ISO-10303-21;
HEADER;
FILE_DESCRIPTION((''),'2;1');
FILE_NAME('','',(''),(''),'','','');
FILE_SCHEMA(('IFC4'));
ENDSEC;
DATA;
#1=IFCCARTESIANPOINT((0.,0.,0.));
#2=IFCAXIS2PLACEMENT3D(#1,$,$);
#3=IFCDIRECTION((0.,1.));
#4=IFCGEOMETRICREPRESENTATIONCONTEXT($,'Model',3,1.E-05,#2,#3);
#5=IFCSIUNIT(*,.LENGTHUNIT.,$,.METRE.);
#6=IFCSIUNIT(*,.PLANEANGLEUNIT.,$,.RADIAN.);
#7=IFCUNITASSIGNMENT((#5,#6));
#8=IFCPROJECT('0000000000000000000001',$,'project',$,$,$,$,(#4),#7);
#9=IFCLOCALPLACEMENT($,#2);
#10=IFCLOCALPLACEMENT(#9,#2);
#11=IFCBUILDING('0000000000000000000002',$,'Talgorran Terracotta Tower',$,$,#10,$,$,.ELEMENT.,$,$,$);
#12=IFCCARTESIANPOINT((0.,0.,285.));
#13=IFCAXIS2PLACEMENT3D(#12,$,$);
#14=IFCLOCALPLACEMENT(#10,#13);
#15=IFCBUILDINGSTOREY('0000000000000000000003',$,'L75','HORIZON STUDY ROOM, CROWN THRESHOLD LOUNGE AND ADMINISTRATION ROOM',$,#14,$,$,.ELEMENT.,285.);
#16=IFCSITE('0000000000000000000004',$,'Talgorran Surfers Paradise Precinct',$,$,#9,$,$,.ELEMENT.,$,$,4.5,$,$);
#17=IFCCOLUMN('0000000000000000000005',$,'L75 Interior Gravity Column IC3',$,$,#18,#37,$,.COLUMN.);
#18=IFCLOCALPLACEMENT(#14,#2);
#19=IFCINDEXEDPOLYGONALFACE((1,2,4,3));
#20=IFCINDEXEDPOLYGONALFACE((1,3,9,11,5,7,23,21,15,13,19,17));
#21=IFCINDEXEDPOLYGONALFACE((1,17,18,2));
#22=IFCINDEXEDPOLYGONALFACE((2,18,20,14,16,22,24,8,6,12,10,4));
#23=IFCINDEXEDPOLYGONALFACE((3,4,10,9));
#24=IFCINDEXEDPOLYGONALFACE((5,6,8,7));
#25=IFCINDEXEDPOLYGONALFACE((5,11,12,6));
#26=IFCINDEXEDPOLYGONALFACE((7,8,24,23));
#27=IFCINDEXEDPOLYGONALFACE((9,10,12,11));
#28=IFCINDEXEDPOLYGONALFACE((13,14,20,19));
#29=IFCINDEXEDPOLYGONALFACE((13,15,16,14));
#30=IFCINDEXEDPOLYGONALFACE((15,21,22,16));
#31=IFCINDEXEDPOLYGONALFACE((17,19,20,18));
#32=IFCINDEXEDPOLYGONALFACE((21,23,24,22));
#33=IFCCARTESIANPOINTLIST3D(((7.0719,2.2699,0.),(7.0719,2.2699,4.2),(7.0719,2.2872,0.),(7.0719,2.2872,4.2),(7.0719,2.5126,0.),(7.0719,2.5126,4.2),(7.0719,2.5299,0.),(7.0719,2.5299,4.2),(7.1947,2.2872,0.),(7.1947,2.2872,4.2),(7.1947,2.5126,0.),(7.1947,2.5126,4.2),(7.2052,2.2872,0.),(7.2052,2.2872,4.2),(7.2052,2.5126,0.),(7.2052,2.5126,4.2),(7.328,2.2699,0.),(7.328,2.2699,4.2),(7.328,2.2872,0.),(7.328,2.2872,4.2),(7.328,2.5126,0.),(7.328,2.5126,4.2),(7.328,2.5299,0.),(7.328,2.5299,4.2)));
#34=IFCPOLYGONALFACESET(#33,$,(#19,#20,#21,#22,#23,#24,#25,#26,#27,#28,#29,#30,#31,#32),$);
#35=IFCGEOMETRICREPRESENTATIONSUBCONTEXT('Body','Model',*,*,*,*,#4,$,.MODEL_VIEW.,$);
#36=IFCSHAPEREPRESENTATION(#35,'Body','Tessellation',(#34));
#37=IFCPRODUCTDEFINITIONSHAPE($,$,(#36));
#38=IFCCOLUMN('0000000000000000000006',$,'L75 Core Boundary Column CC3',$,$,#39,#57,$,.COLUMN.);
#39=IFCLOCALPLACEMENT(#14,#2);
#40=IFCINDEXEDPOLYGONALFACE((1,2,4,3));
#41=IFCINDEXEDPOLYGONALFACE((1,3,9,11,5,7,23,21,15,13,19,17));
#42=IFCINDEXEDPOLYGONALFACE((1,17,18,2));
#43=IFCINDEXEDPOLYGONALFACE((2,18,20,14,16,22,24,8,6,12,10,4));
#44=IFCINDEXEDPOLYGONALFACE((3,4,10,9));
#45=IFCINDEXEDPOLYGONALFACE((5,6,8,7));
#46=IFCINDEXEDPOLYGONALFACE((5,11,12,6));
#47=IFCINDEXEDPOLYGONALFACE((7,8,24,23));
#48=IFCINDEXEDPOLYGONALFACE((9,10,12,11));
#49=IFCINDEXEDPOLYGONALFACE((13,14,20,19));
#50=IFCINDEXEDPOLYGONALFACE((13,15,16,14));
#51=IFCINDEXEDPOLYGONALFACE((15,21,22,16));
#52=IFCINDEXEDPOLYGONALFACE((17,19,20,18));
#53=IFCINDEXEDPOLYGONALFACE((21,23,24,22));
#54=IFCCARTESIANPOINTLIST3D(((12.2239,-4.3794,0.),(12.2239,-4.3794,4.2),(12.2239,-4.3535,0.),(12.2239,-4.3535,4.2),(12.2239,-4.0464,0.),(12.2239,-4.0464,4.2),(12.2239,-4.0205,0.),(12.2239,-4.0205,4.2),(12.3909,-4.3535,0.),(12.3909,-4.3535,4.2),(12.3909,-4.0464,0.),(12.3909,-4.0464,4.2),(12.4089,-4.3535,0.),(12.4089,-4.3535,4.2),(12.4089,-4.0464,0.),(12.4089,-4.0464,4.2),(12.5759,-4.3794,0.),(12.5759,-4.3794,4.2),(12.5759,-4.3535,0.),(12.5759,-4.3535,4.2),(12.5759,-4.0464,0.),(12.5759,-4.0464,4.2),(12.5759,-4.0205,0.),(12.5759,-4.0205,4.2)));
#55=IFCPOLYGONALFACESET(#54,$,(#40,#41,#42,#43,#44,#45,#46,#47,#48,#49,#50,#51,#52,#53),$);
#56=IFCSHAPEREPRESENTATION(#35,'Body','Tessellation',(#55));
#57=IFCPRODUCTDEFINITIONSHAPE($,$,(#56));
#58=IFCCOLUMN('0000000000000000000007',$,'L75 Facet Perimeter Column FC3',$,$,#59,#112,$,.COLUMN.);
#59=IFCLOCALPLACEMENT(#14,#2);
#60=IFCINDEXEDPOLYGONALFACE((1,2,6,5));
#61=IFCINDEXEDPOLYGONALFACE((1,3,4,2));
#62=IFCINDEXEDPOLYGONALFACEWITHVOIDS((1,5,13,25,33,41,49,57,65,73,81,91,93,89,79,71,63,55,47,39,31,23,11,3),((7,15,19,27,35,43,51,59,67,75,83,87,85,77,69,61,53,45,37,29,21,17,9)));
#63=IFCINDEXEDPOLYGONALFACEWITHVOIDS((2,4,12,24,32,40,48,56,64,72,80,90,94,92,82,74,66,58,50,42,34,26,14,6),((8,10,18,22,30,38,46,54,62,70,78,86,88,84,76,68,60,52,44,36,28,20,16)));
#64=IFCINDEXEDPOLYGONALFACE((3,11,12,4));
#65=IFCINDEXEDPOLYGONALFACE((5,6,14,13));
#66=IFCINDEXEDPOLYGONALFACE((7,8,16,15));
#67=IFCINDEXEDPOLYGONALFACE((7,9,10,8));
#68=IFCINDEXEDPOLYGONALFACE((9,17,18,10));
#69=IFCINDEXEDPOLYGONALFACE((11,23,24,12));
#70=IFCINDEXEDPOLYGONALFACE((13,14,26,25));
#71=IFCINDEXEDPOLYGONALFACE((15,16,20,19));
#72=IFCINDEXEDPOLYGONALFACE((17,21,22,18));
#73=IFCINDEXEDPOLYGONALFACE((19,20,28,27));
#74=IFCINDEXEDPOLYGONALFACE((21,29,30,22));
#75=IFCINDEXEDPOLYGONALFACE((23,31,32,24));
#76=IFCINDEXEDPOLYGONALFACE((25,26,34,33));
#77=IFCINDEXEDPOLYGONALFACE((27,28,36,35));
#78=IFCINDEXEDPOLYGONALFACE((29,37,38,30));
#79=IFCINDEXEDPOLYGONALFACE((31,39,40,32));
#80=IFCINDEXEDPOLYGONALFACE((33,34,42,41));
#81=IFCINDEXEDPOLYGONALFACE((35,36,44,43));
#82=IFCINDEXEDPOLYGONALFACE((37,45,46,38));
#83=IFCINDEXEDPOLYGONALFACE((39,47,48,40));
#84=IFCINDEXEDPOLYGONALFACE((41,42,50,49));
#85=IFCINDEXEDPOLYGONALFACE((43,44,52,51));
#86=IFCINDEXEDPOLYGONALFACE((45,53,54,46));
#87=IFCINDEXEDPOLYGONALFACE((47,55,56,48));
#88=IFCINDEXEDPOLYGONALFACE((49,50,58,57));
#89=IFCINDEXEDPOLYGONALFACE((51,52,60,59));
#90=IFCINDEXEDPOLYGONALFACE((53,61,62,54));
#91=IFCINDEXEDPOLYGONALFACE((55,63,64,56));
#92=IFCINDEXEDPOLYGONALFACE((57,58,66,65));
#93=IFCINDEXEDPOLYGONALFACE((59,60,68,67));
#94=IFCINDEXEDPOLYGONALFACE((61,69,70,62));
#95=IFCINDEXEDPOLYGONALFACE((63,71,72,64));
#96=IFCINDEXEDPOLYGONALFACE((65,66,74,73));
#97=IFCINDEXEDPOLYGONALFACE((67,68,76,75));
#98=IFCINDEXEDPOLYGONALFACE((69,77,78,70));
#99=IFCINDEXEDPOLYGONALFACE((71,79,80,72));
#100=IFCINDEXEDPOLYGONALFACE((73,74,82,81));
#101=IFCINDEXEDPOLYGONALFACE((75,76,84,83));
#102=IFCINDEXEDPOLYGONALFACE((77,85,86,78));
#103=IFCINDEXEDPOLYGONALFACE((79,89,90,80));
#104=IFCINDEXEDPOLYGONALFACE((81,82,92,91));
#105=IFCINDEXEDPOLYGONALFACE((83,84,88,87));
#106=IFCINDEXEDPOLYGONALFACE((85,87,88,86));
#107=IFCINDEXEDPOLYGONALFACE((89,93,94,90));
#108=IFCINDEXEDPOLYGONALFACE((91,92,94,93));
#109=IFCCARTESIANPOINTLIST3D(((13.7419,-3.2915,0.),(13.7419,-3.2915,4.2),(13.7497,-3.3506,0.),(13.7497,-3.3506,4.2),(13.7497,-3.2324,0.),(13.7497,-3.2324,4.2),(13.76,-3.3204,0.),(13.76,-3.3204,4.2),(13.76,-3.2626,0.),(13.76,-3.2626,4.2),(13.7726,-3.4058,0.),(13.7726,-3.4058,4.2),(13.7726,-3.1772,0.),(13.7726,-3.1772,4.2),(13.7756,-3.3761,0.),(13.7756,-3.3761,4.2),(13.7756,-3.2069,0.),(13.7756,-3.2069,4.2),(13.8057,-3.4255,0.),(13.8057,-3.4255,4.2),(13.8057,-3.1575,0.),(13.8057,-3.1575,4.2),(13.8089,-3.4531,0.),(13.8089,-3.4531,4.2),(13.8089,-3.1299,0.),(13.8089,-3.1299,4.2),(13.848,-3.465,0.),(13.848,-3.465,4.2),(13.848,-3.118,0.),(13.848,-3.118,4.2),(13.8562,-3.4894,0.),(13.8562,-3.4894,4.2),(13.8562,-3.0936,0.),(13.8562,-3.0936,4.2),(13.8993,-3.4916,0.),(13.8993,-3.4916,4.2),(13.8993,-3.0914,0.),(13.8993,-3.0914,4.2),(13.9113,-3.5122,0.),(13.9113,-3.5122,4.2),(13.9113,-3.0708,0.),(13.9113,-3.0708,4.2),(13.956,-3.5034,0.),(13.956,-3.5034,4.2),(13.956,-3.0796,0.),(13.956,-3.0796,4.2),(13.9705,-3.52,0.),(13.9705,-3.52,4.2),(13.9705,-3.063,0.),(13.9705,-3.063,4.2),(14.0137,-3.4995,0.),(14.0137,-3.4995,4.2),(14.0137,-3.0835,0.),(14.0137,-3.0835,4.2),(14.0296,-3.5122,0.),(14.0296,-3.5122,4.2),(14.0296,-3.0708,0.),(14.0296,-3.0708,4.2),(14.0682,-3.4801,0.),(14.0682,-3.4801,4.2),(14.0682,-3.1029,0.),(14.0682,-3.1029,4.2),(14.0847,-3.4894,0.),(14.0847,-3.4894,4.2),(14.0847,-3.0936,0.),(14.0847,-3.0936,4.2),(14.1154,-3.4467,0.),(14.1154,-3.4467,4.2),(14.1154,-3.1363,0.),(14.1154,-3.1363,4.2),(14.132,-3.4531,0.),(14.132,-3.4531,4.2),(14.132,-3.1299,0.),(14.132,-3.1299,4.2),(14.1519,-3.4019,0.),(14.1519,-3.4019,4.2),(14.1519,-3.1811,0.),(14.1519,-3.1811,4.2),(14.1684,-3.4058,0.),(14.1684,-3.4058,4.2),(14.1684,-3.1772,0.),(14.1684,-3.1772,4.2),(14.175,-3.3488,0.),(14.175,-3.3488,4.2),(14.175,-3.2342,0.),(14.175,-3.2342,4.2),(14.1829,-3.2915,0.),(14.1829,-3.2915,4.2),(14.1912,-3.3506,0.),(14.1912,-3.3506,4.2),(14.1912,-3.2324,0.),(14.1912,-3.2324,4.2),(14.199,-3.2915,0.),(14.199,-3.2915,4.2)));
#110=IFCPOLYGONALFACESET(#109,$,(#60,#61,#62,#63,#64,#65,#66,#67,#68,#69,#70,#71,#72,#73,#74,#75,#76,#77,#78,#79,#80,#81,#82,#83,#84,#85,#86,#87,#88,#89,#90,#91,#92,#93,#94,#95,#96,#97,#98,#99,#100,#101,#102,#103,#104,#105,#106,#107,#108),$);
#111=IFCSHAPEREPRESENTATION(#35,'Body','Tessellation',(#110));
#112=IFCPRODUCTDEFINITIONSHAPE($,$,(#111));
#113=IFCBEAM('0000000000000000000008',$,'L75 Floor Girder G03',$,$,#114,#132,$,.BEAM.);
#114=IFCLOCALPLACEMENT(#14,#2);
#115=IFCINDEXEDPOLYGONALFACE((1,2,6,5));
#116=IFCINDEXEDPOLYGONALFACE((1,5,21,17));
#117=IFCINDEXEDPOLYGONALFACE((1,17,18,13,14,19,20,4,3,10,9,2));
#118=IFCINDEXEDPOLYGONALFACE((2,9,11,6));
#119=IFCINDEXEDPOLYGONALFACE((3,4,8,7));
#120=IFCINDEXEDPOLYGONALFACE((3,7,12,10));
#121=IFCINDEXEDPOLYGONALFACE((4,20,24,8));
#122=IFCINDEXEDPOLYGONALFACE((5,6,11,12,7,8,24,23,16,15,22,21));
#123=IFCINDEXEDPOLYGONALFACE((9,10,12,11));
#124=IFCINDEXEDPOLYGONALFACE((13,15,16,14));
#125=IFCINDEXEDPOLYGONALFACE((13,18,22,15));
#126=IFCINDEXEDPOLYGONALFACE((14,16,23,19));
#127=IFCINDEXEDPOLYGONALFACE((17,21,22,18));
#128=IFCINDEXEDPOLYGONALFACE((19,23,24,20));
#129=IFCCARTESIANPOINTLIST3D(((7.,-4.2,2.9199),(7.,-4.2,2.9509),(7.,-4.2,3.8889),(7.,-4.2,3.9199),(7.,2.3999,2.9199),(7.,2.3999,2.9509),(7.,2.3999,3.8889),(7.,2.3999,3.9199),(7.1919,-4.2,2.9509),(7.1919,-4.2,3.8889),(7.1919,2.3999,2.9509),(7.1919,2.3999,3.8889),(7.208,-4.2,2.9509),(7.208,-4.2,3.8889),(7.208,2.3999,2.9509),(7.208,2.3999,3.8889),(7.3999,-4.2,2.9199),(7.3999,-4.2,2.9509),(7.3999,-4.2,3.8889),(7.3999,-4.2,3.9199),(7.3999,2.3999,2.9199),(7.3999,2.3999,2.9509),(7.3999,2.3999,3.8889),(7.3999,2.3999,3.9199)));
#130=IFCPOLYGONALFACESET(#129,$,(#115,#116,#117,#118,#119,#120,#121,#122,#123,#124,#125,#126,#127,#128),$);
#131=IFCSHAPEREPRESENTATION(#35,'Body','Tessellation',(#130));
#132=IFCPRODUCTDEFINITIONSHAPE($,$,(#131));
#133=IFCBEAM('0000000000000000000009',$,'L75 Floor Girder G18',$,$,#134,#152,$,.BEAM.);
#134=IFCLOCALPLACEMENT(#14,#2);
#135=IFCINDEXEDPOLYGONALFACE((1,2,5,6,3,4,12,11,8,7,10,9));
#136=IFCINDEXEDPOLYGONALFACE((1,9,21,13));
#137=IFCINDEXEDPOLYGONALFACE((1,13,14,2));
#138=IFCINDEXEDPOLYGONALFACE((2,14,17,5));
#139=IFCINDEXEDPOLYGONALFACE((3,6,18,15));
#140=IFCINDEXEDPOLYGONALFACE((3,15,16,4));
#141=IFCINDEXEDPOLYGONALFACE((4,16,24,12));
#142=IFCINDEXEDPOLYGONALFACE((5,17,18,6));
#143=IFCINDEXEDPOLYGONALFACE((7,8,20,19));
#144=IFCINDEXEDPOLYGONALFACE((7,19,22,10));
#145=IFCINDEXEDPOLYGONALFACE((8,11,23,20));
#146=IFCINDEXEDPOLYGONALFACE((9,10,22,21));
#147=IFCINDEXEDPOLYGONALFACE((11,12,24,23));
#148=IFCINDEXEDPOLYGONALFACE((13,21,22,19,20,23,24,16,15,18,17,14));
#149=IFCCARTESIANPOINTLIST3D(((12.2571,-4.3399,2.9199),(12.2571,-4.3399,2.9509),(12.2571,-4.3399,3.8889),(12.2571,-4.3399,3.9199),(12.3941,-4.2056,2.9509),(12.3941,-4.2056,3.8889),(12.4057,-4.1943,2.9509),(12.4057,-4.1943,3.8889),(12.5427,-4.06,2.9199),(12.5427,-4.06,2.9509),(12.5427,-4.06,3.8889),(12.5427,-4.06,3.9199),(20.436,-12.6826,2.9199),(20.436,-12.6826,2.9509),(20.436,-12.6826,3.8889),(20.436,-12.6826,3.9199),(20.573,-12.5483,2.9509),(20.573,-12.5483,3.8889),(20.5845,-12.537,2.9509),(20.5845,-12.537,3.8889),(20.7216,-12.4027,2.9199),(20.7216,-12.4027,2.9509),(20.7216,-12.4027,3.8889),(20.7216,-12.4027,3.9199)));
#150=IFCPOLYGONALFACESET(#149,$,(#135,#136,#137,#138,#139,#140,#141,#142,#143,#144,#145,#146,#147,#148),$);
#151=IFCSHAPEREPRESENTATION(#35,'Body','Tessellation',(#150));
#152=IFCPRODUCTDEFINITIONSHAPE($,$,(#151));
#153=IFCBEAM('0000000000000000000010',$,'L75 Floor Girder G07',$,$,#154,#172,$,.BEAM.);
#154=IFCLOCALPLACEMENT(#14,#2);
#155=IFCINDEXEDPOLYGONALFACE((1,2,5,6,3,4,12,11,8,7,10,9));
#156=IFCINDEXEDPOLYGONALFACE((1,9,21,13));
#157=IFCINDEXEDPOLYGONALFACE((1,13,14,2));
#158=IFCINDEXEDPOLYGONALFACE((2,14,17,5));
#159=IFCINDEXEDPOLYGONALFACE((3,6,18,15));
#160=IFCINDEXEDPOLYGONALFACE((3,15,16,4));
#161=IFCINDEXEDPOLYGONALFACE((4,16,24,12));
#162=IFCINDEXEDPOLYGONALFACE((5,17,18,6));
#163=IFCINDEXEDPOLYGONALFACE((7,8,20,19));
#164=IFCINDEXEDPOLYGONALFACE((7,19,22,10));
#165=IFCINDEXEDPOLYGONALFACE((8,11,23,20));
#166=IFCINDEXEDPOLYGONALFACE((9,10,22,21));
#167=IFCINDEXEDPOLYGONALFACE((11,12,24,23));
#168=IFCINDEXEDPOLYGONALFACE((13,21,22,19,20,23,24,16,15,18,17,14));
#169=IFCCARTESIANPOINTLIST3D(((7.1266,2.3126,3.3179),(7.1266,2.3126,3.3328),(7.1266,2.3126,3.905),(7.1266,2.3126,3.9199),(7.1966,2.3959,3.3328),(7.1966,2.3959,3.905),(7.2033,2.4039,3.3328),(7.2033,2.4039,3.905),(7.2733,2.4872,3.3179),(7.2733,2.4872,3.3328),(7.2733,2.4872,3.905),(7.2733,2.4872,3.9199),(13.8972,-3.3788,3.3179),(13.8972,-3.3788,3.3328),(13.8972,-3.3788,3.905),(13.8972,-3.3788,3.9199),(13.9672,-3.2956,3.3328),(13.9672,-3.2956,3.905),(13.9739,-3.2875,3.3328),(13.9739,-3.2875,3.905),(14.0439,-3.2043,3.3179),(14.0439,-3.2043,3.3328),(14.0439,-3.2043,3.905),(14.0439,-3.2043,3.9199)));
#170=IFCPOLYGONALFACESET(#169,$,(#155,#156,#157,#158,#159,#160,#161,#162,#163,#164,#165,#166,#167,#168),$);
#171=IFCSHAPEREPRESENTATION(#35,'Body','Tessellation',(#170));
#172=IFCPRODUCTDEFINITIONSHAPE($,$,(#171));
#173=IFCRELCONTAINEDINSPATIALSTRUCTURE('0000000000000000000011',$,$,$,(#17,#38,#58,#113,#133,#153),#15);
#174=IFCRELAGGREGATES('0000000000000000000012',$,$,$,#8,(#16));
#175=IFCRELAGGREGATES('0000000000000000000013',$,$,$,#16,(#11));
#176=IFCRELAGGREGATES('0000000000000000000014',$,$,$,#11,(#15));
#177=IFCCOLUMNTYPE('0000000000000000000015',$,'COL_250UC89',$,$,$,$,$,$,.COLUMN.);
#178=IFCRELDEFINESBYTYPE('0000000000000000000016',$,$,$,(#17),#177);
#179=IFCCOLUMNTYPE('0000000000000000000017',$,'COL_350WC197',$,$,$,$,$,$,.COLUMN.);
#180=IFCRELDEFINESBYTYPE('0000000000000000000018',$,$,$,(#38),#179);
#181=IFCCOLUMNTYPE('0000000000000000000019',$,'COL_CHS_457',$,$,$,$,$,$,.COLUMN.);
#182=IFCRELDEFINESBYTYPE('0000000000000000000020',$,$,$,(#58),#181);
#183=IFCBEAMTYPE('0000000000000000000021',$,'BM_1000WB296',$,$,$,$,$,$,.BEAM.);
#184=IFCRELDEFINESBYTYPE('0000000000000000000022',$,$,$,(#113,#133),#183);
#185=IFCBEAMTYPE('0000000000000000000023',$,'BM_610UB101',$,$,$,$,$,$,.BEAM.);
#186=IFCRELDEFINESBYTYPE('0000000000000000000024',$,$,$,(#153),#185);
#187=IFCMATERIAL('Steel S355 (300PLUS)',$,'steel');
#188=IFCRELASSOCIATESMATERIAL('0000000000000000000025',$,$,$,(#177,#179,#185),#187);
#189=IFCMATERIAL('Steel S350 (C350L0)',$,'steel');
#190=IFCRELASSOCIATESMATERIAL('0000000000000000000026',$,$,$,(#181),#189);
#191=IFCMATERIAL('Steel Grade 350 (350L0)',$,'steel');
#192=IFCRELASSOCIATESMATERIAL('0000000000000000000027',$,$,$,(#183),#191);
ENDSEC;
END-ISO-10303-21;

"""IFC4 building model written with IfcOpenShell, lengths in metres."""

from ifc_helpers import new_model, si_unit, direction, frame, origin, origin_2d, place, context, subcontext, project, spatial, hollow_circle, i_section, extrude, material, material_profile, profile_set, type_object, element, save


model = new_model("IFC4")

# Units and contexts
model_context = context("Model", 3, precision=1e-05, world=origin(), true_north=direction((0.0, 1.0)))
body_context = subcontext(model_context, "Body", "Model", "MODEL_VIEW")
ifc_project = project(units=[si_unit("LENGTHUNIT", "METRE"), si_unit("PLANEANGLEUNIT", "RADIAN")], contexts=[model_context])

# Site, building, storey
site_placement = place(None, origin())
site = spatial("IfcSite", under=ifc_project, at=site_placement, Name="Talgorran Surfers Paradise Precinct", CompositionType="ELEMENT", RefElevation=4.5)
building_placement = place(site_placement, origin())
building = spatial("IfcBuilding", under=site, at=building_placement, Name="Talgorran Terracotta Tower", CompositionType="ELEMENT")
storey_placement = place(building_placement, frame((0.0, 0.0, 285.0)))
storey = spatial("IfcBuildingStorey", under=building, at=storey_placement, Name="L75", Description="HORIZON STUDY ROOM, CROWN THRESHOLD LOUNGE AND ADMINISTRATION ROOM", CompositionType="ELEMENT", Elevation=285.0)

# Columns
ifc_material_1 = material(Name="Steel S355 (300PLUS)", Category="steel")
ifc_material_profile_1 = material_profile(ifc_material_1, i_section(OverallWidth=0.2561, OverallDepth=0.26, WebThickness=0.0105, FlangeThickness=0.0173, at=origin_2d()), Name="250UC89.5")
ifc_profile_set_1 = profile_set([ifc_material_profile_1], Name="Steel S355 (300PLUS)")
column_type_1 = type_object("IfcColumnType", Name="COL_250UC89", PredefinedType="COLUMN", material=ifc_profile_set_1)
column_1_placement = place(storey_placement, frame((7.2, 2.3999, 0.0), z_axis=(0.0, 0.0, 1.0), x_axis=(1.0, 0.0, 0.0)))
element("IfcColumn", 1, at=column_1_placement, inside=storey, type_object=column_type_1, Name="L75 Interior Gravity Column IC3", PredefinedType="COLUMN", context=body_context, shape_type="SweptSolid", body=[
    extrude(i_section(OverallWidth=0.2561, OverallDepth=0.26, WebThickness=0.0105, FlangeThickness=0.0173, at=origin_2d()), origin(), (0.0, 0.0, 1.0), 4.2),
])
ifc_material_profile_2 = material_profile(ifc_material_1, i_section(OverallWidth=0.3521, OverallDepth=0.3589, WebThickness=0.0181, FlangeThickness=0.0259, at=origin_2d()), Name="350WC197")
ifc_profile_set_2 = profile_set([ifc_material_profile_2], Name="Steel S355 (300PLUS)")
column_type_2 = type_object("IfcColumnType", Name="COL_350WC197", PredefinedType="COLUMN", material=ifc_profile_set_2)
column_2_placement = place(storey_placement, frame((12.3999, -4.2, 0.0), z_axis=(0.0, 0.0, 1.0), x_axis=(1.0, 0.0, 0.0)))
element("IfcColumn", 2, at=column_2_placement, inside=storey, type_object=column_type_2, Name="L75 Core Boundary Column CC3", PredefinedType="COLUMN", context=body_context, shape_type="SweptSolid", body=[
    extrude(i_section(OverallWidth=0.3521, OverallDepth=0.3589, WebThickness=0.0181, FlangeThickness=0.0259, at=origin_2d()), origin(), (0.0, 0.0, 1.0), 4.2),
])
ifc_material_2 = material(Name="Steel S350 (C350L0)", Category="steel")
ifc_material_profile_3 = material_profile(ifc_material_2, hollow_circle(Radius=0.2285, WallThickness=0.0161, at=origin_2d()), Name="CHS457X16")
ifc_profile_set_3 = profile_set([ifc_material_profile_3], Name="Steel S350 (C350L0)")
column_type_3 = type_object("IfcColumnType", Name="COL_CHS_457", PredefinedType="COLUMN", material=ifc_profile_set_3)
column_3_placement = place(storey_placement, frame((13.9705, -3.2915, 0.0), z_axis=(0.0, 0.0, 1.0), x_axis=(1.0, 0.0, 0.0)))
element("IfcColumn", 3, at=column_3_placement, inside=storey, type_object=column_type_3, Name="L75 Facet Perimeter Column FC3", PredefinedType="COLUMN", context=body_context, shape_type="SweptSolid", body=[
    extrude(hollow_circle(Radius=0.2285, WallThickness=0.0161, at=origin_2d()), origin(), (0.0, 0.0, 1.0), 4.2),
])

# Beams
ifc_material_3 = material(Name="Steel Grade 350 (350L0)", Category="steel")
ifc_material_profile_4 = material_profile(ifc_material_3, i_section(OverallWidth=0.3999, OverallDepth=1.0, WebThickness=0.0161, FlangeThickness=0.031, at=origin_2d()), Name="1000WB296")
ifc_profile_set_4 = profile_set([ifc_material_profile_4], Name="Steel Grade 350 (350L0)")
beam_type_1 = type_object("IfcBeamType", Name="BM_1000WB296", PredefinedType="BEAM", material=ifc_profile_set_4)
beam_1_placement = place(storey_placement, frame((7.2, -4.2, 3.4199), z_axis=(0.0, 1.0, 0.0), x_axis=(-1.0, 0.0, 0.0)))
element("IfcBeam", 4, at=beam_1_placement, inside=storey, type_object=beam_type_1, Name="L75 Floor Girder G03", PredefinedType="BEAM", context=body_context, shape_type="SweptSolid", body=[
    extrude(i_section(OverallWidth=0.3999, OverallDepth=1.0, WebThickness=0.0161, FlangeThickness=0.031, at=origin_2d()), origin(), (0.0, 0.0, 1.0), 6.5999),
])
beam_2_placement = place(storey_placement, frame((12.3999, -4.2, 3.4199), z_axis=(0.700061, -0.714083, 0.0), x_axis=(0.714083, 0.700061, 0.0)))
element("IfcBeam", 5, at=beam_2_placement, inside=storey, type_object=beam_type_1, Name="L75 Floor Girder G18", PredefinedType="BEAM", context=body_context, shape_type="SweptSolid", body=[
    extrude(i_section(OverallWidth=0.3999, OverallDepth=1.0, WebThickness=0.0161, FlangeThickness=0.031, at=origin_2d()), origin(), (0.0, 0.0, 1.0), 11.6831),
])
ifc_material_profile_5 = material_profile(ifc_material_1, i_section(OverallWidth=0.228, OverallDepth=0.6021, WebThickness=0.0105, FlangeThickness=0.0149, at=origin_2d()), Name="610UB101")
ifc_profile_set_5 = profile_set([ifc_material_profile_5], Name="Steel S355 (300PLUS)")
beam_type_2 = type_object("IfcBeamType", Name="BM_610UB101", PredefinedType="BEAM", material=ifc_profile_set_5)
beam_3_placement = place(storey_placement, frame((7.2, 2.3999, 3.6189), z_axis=(0.765472, -0.643469, 0.0), x_axis=(0.643469, 0.765472, 0.0)))
element("IfcBeam", 6, at=beam_3_placement, inside=storey, type_object=beam_type_2, Name="L75 Floor Girder G07", PredefinedType="BEAM", context=body_context, shape_type="SweptSolid", body=[
    extrude(i_section(OverallWidth=0.228, OverallDepth=0.6021, WebThickness=0.0105, FlangeThickness=0.0149, at=origin_2d()), origin(), (0.0, 0.0, 1.0), 8.845),
])

save(model, "model.ifc")
